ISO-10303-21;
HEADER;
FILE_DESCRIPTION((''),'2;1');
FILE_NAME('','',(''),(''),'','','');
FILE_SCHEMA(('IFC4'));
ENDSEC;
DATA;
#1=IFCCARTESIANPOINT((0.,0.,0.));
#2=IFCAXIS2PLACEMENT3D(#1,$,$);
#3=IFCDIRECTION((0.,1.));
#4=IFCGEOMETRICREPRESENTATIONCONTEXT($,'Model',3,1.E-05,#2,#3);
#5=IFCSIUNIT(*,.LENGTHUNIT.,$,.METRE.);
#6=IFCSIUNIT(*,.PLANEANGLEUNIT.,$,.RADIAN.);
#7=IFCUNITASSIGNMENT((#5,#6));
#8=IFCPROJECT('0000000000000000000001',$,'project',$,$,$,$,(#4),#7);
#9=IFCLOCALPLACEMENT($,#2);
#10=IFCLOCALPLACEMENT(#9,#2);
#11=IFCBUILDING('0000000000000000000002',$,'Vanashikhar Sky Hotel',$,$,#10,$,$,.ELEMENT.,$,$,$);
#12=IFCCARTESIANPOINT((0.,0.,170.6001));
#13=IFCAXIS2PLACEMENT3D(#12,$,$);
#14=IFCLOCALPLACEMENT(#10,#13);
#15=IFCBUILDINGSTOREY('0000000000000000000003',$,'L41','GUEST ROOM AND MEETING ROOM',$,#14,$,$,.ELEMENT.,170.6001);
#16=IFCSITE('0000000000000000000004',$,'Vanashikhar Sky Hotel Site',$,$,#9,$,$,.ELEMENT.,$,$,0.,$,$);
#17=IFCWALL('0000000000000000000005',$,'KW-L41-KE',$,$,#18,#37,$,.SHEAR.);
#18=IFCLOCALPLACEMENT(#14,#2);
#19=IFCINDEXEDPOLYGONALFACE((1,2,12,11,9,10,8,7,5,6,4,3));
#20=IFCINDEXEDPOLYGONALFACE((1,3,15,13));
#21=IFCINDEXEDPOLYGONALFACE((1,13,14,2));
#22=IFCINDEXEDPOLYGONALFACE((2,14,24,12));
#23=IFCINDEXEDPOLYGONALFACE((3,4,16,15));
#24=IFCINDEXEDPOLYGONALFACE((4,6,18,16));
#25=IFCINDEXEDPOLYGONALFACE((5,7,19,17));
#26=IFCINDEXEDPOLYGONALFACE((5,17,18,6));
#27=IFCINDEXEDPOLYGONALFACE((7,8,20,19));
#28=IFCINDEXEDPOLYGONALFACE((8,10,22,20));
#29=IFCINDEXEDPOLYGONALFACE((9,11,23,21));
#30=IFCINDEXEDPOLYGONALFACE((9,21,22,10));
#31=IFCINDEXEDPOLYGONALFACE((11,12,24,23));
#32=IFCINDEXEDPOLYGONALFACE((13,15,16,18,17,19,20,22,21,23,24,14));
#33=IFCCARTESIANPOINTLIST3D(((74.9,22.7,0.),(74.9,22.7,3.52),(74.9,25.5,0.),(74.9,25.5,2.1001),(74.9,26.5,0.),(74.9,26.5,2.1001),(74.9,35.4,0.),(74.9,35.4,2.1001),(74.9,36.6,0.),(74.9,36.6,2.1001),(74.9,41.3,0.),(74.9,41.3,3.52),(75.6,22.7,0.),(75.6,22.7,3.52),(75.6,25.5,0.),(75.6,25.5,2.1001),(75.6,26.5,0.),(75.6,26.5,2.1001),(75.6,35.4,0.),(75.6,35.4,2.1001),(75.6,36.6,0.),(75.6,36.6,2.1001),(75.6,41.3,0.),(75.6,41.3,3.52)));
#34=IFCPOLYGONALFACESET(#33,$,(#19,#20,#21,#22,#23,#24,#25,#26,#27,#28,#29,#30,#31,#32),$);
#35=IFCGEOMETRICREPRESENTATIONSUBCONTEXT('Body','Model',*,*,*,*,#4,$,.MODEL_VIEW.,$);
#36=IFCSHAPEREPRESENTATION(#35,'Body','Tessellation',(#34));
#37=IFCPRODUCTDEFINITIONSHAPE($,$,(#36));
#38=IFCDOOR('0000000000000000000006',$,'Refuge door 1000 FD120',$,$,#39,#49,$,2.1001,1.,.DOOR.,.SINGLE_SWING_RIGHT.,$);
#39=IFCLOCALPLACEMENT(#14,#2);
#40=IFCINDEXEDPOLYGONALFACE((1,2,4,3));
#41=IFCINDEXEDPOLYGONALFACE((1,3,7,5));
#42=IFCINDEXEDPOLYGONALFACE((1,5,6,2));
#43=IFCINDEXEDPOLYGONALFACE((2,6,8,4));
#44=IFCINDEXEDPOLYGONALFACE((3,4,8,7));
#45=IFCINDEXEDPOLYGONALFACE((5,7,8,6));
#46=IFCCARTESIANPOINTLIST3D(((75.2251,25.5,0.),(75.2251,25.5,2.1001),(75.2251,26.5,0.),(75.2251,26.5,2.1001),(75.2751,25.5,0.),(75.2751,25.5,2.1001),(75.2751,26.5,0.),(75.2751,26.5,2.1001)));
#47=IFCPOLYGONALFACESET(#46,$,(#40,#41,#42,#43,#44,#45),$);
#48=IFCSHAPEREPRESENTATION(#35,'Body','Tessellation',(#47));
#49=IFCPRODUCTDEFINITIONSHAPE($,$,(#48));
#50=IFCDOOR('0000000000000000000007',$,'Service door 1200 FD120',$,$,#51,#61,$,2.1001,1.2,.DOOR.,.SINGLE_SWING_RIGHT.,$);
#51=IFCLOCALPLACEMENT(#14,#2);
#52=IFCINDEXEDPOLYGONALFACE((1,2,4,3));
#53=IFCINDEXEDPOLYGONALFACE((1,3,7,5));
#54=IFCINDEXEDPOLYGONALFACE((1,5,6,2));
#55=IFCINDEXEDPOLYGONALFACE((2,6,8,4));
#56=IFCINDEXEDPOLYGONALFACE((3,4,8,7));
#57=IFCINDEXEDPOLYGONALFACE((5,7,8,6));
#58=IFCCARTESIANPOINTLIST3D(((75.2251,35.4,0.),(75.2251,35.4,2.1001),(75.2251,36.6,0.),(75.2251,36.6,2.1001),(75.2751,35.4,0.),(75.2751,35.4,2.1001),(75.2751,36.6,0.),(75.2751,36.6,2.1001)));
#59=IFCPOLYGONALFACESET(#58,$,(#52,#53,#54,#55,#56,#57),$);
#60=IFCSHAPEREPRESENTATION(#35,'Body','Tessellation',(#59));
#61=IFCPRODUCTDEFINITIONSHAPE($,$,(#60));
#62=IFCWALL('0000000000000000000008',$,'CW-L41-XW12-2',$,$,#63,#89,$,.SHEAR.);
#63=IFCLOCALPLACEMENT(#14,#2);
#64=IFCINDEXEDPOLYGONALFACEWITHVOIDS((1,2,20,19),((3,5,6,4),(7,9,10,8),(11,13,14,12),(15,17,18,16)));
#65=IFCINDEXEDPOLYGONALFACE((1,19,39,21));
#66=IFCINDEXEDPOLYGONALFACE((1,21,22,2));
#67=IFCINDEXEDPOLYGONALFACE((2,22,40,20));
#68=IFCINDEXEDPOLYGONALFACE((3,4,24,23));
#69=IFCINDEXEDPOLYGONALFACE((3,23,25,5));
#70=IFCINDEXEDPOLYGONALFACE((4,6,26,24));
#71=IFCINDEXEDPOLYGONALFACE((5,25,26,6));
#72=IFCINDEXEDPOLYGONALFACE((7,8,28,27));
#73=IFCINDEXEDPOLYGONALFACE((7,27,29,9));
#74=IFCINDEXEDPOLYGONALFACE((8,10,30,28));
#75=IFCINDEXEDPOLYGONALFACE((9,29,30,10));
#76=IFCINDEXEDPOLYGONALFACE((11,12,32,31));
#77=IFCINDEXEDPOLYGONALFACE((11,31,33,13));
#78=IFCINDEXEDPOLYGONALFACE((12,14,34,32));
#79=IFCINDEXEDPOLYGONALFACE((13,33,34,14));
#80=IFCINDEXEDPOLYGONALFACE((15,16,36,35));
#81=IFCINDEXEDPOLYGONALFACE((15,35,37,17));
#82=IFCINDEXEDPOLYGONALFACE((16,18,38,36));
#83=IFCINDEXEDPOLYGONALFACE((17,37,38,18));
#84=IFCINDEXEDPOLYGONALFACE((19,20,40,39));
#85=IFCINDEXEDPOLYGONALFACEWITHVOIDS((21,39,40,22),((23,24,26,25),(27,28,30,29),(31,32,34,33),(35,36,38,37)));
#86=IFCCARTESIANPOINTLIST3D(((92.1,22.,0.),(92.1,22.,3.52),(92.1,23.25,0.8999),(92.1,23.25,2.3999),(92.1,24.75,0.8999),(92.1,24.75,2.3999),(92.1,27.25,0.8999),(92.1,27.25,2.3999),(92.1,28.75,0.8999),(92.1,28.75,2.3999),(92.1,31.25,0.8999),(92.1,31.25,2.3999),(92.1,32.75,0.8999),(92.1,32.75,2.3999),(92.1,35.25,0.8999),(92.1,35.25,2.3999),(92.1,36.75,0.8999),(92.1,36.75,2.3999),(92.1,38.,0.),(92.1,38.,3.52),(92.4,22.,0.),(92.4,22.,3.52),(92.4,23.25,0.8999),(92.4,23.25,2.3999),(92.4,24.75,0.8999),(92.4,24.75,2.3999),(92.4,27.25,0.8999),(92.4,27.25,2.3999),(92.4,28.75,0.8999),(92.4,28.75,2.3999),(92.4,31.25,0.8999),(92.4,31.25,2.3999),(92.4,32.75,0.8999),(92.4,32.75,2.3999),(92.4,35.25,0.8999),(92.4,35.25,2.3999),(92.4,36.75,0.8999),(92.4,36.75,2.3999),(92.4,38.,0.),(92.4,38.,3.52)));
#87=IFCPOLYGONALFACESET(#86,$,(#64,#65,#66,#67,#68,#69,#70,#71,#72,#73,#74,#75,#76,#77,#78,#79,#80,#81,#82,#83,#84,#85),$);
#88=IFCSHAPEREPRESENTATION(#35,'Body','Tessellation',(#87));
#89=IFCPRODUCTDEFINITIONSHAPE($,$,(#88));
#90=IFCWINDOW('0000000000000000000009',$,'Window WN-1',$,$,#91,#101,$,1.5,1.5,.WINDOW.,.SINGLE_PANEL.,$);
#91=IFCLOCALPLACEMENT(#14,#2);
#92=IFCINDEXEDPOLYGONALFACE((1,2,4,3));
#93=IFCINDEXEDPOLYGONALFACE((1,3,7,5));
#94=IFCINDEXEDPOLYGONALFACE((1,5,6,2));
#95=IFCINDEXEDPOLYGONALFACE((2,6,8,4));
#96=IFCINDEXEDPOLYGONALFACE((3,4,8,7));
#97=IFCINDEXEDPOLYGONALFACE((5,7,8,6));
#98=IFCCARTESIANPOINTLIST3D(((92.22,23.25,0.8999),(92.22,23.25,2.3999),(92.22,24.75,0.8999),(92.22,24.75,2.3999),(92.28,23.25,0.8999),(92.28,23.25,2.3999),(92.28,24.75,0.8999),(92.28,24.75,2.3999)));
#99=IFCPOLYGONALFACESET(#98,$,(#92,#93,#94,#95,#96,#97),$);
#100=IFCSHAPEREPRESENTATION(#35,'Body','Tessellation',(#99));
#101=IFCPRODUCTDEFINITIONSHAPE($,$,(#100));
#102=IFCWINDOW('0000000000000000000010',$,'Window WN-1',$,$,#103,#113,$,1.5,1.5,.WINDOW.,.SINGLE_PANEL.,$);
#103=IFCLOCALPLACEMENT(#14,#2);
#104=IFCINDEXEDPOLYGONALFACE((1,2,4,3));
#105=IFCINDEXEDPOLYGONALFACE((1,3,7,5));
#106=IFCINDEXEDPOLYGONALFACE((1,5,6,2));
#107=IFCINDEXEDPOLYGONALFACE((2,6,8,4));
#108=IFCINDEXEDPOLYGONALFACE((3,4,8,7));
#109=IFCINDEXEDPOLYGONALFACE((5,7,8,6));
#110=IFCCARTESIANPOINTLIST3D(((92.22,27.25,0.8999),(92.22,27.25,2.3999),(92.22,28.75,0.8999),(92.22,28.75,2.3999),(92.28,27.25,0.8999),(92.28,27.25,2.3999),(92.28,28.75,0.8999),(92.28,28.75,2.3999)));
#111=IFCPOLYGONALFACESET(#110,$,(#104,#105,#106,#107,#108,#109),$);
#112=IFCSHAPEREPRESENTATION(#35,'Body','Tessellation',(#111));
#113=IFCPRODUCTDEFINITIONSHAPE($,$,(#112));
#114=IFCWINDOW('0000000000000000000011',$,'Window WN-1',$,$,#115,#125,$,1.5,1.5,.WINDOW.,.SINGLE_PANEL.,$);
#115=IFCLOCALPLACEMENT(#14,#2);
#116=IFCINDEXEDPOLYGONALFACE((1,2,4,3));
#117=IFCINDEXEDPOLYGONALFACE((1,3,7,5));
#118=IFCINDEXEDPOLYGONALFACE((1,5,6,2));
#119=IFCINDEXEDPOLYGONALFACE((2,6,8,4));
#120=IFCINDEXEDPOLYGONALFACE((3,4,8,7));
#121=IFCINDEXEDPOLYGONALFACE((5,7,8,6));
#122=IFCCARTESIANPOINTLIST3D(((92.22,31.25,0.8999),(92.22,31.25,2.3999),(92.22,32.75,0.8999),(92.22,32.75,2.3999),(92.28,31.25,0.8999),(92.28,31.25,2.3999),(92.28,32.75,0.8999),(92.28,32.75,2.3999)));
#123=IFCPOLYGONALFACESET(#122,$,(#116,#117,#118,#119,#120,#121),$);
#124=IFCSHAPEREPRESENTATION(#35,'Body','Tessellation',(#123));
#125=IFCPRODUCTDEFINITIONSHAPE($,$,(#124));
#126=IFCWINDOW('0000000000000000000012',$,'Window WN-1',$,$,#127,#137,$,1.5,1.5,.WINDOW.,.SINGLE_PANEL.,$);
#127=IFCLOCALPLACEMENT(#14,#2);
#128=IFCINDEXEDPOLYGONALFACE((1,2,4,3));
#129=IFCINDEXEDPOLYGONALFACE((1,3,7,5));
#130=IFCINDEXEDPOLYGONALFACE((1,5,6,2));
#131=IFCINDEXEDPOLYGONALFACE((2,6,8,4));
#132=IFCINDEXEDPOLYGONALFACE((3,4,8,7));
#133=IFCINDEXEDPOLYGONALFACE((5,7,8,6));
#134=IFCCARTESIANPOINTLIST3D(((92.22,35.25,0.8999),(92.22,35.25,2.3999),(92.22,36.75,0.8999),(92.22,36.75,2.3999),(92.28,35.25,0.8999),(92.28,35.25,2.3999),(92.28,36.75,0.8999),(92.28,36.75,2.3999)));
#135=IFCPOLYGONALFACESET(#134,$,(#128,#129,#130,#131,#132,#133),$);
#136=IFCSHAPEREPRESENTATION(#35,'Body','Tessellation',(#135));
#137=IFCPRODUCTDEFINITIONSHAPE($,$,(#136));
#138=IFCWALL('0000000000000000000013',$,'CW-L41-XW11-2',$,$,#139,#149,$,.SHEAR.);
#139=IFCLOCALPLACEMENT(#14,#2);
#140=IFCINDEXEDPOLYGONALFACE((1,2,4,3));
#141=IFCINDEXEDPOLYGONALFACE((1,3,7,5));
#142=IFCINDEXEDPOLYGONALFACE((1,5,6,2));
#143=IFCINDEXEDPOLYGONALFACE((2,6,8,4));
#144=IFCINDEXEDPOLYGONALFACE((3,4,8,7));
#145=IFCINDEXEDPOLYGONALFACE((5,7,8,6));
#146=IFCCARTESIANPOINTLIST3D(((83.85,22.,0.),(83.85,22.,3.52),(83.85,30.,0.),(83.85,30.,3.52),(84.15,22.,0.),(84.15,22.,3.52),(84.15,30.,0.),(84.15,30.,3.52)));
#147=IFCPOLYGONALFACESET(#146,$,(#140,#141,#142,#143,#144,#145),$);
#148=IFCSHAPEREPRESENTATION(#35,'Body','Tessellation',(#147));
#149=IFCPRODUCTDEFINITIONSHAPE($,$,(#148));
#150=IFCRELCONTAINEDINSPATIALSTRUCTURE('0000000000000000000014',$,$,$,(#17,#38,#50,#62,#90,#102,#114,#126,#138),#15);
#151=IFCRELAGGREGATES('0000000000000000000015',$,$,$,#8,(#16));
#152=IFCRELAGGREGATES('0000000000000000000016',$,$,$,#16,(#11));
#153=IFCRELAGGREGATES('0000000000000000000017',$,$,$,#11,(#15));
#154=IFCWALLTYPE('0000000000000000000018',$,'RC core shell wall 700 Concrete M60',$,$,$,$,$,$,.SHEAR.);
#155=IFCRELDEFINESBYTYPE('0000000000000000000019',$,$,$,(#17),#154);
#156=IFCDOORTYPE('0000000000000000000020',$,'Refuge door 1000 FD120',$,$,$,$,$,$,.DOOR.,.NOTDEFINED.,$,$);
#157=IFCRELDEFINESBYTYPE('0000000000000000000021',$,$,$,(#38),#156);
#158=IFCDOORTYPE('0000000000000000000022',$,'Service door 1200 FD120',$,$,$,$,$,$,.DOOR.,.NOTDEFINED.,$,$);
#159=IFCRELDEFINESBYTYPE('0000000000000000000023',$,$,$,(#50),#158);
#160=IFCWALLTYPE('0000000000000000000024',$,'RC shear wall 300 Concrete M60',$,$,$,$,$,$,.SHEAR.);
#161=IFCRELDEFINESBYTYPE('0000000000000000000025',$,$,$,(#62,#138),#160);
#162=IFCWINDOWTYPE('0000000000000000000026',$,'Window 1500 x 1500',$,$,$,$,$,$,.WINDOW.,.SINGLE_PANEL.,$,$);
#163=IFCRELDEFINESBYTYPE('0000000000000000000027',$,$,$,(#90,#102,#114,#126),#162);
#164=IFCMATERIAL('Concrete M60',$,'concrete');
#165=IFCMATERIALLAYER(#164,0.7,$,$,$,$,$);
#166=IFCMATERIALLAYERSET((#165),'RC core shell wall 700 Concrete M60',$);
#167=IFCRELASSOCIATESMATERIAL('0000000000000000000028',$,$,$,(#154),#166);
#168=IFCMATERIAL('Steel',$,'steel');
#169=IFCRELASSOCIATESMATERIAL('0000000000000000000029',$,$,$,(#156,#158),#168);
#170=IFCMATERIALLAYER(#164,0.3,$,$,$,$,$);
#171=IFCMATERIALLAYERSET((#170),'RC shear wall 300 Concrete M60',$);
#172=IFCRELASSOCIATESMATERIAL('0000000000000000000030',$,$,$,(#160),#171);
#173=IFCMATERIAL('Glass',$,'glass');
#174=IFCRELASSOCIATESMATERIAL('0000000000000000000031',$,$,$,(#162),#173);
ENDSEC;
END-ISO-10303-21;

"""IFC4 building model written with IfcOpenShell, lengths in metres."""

from ifc_helpers import new_model, si_unit, direction, frame, frame_2d, origin, place, context, subcontext, project, spatial, rectangle, extrude, source, transform, mapped, material, layer, layer_set, type_object, element, fill, save


model = new_model("IFC4")

# Units and contexts
model_context = context("Model", 3, precision=1e-05, world=origin(), true_north=direction((0.0, 1.0)))
body_context = subcontext(model_context, "Body", "Model", "MODEL_VIEW")
ifc_project = project(units=[si_unit("LENGTHUNIT", "METRE"), si_unit("PLANEANGLEUNIT", "RADIAN")], contexts=[model_context])

# Site, building, storey
site_placement = place(None, origin())
site = spatial("IfcSite", under=ifc_project, at=site_placement, Name="Vanashikhar Sky Hotel Site", CompositionType="ELEMENT", RefElevation=0.0)
building_placement = place(site_placement, origin())
building = spatial("IfcBuilding", under=site, at=building_placement, Name="Vanashikhar Sky Hotel", CompositionType="ELEMENT")
storey_placement = place(building_placement, frame((0.0, 0.0, 170.6001)))
storey = spatial("IfcBuildingStorey", under=building, at=storey_placement, Name="L41", Description="GUEST ROOM AND MEETING ROOM", CompositionType="ELEMENT", Elevation=170.6001)

# Wall, openings, doors
ifc_material_1 = material(Name="Concrete M60", Category="concrete")
ifc_layer_1 = layer(ifc_material_1, 0.7)
ifc_layer_set_1 = layer_set([ifc_layer_1], Name="RC core shell wall 700 Concrete M60")
wall_type_1 = type_object("IfcWallType", Name="RC core shell wall 700 Concrete M60", PredefinedType="SHEAR", material=ifc_layer_set_1)
shared_shape_1 = source(origin(), body_context, "Body", "SweptSolid", [
    extrude(rectangle(XDim=18.6001, YDim=0.7, at=frame_2d((9.3, 0.0))), origin(), (0.0, 0.0, 1.0), 3.52),
])
wall_1_placement = place(storey_placement, frame((75.25, 22.7, 0.0), z_axis=(0.0, 0.0, 1.0), x_axis=(0.0, 1.0, 0.0)))
wall_1 = element("IfcWall", 1, at=wall_1_placement, inside=storey, type_object=wall_type_1, Name="KW-L41-KE", PredefinedType="SHEAR", context=body_context, shape_type="MappedRepresentation", body=[
    mapped(shared_shape_1, transform((0.0, 0.0, 0.0), scale=1.0)),
])
shared_shape_2 = source(origin(), body_context, "Body", "SweptSolid", [
    extrude(rectangle(XDim=1.0, YDim=2.1001, at=frame_2d((0.5, 1.05))), frame((0.0, 0.3599, 0.0), z_axis=(0.0, -1.0, 0.0), x_axis=(1.0, 0.0, 0.0)), (0.0, 0.0, 1.0), 0.72),
])
opening_1_placement = place(wall_1_placement, frame((2.8, 0.0, 0.0)))
opening_1 = element("IfcOpeningElement", 2, at=opening_1_placement, cuts=wall_1, PredefinedType="OPENING", context=body_context, shape_type="MappedRepresentation", body=[
    mapped(shared_shape_2, transform((0.0, 0.0, 0.0), scale=1.0)),
])
shared_shape_3 = source(origin(), body_context, "Body", "SweptSolid", [
    extrude(rectangle(XDim=1.2, YDim=2.1001, at=frame_2d((0.6001, 1.05))), frame((0.0, 0.3599, 0.0), z_axis=(0.0, -1.0, 0.0), x_axis=(1.0, 0.0, 0.0)), (0.0, 0.0, 1.0), 0.72),
])
opening_2_placement = place(wall_1_placement, frame((12.7, 0.0, 0.0)))
opening_2 = element("IfcOpeningElement", 3, at=opening_2_placement, cuts=wall_1, PredefinedType="OPENING", context=body_context, shape_type="MappedRepresentation", body=[
    mapped(shared_shape_3, transform((0.0, 0.0, 0.0), scale=1.0)),
])
ifc_material_2 = material(Name="Steel", Category="steel")
door_type_1 = type_object("IfcDoorType", Name="Refuge door 1000 FD120", OperationType="NOTDEFINED", PredefinedType="DOOR", material=ifc_material_2)
shared_shape_4 = source(origin(), body_context, "Body", "SweptSolid", [
    extrude(rectangle(XDim=1.0, YDim=2.1001, at=frame_2d((0.5, 1.05))), frame((0.0, 0.0249, 0.0), z_axis=(0.0, -1.0, 0.0), x_axis=(1.0, 0.0, 0.0)), (0.0, 0.0, 1.0), 0.05),
])
door_1_placement = place(opening_1_placement, origin())
door_1 = element("IfcDoor", 4, at=door_1_placement, inside=storey, type_object=door_type_1, Name="Refuge door 1000 FD120", OperationType="SINGLE_SWING_RIGHT", OverallHeight=2.1001, OverallWidth=1.0, PredefinedType="DOOR", context=body_context, shape_type="MappedRepresentation", body=[
    mapped(shared_shape_4, transform((0.0, 0.0, 0.0), scale=1.0)),
])
fill(opening_1, door_1)
door_type_2 = type_object("IfcDoorType", Name="Service door 1200 FD120", OperationType="NOTDEFINED", PredefinedType="DOOR", material=ifc_material_2)
shared_shape_5 = source(origin(), body_context, "Body", "SweptSolid", [
    extrude(rectangle(XDim=1.2, YDim=2.1001, at=frame_2d((0.6001, 1.05))), frame((0.0, 0.0249, 0.0), z_axis=(0.0, -1.0, 0.0), x_axis=(1.0, 0.0, 0.0)), (0.0, 0.0, 1.0), 0.05),
])
door_2_placement = place(opening_2_placement, origin())
door_2 = element("IfcDoor", 5, at=door_2_placement, inside=storey, type_object=door_type_2, Name="Service door 1200 FD120", OperationType="SINGLE_SWING_RIGHT", OverallHeight=2.1001, OverallWidth=1.2, PredefinedType="DOOR", context=body_context, shape_type="MappedRepresentation", body=[
    mapped(shared_shape_5, transform((0.0, 0.0, 0.0), scale=1.0)),
])
fill(opening_2, door_2)

# Wall, openings, windows
ifc_layer_2 = layer(ifc_material_1, 0.3)
ifc_layer_set_2 = layer_set([ifc_layer_2], Name="RC shear wall 300 Concrete M60")
wall_type_2 = type_object("IfcWallType", Name="RC shear wall 300 Concrete M60", PredefinedType="SHEAR", material=ifc_layer_set_2)
shared_shape_6 = source(origin(), body_context, "Body", "SweptSolid", [
    extrude(rectangle(XDim=16.0, YDim=0.3, at=frame_2d((8.0, 0.0))), origin(), (0.0, 0.0, 1.0), 3.52),
])
wall_2_placement = place(storey_placement, frame((92.25, 22.0, 0.0), z_axis=(0.0, 0.0, 1.0), x_axis=(0.0, 1.0, 0.0)))
wall_2 = element("IfcWall", 6, at=wall_2_placement, inside=storey, type_object=wall_type_2, Name="CW-L41-XW12-2", PredefinedType="SHEAR", context=body_context, shape_type="MappedRepresentation", body=[
    mapped(shared_shape_6, transform((0.0, 0.0, 0.0), scale=1.0)),
])
shared_shape_7 = source(origin(), body_context, "Body", "SweptSolid", [
    extrude(rectangle(XDim=1.5, YDim=1.5, at=frame_2d((0.75, 0.75))), frame((0.0, 0.1602, 0.0), z_axis=(0.0, -1.0, 0.0), x_axis=(1.0, 0.0, 0.0)), (0.0, 0.0, 1.0), 0.3201),
])
opening_3_placement = place(wall_2_placement, frame((1.25, 0.0, 0.8999)))
opening_3 = element("IfcOpeningElement", 7, at=opening_3_placement, cuts=wall_2, PredefinedType="OPENING", context=body_context, shape_type="MappedRepresentation", body=[
    mapped(shared_shape_7, transform((0.0, 0.0, 0.0), scale=1.0)),
])
opening_4_placement = place(wall_2_placement, frame((5.25, 0.0, 0.8999)))
opening_4 = element("IfcOpeningElement", 8, at=opening_4_placement, cuts=wall_2, PredefinedType="OPENING", context=body_context, shape_type="MappedRepresentation", body=[
    mapped(shared_shape_7, transform((0.0, 0.0, 0.0), scale=1.0)),
])
opening_5_placement = place(wall_2_placement, frame((9.25, 0.0, 0.8999)))
opening_5 = element("IfcOpeningElement", 9, at=opening_5_placement, cuts=wall_2, PredefinedType="OPENING", context=body_context, shape_type="MappedRepresentation", body=[
    mapped(shared_shape_7, transform((0.0, 0.0, 0.0), scale=1.0)),
])
opening_6_placement = place(wall_2_placement, frame((13.25, 0.0, 0.8999)))
opening_6 = element("IfcOpeningElement", 10, at=opening_6_placement, cuts=wall_2, PredefinedType="OPENING", context=body_context, shape_type="MappedRepresentation", body=[
    mapped(shared_shape_7, transform((0.0, 0.0, 0.0), scale=1.0)),
])
ifc_material_3 = material(Name="Glass", Category="glass")
window_type = type_object("IfcWindowType", Name="Window 1500 x 1500", PartitioningType="SINGLE_PANEL", PredefinedType="WINDOW", material=ifc_material_3)
shared_shape_8 = source(origin(), body_context, "Body", "SweptSolid", [
    extrude(rectangle(XDim=1.5, YDim=1.5, at=frame_2d((0.75, 0.75))), frame((0.0, 0.03, 0.0), z_axis=(0.0, -1.0, 0.0), x_axis=(1.0, 0.0, 0.0)), (0.0, 0.0, 1.0), 0.0601),
])
window_1_placement = place(opening_3_placement, origin())
window_1 = element("IfcWindow", 11, at=window_1_placement, inside=storey, type_object=window_type, Name="Window WN-1", OverallHeight=1.5, OverallWidth=1.5, PartitioningType="SINGLE_PANEL", PredefinedType="WINDOW", context=body_context, shape_type="MappedRepresentation", body=[
    mapped(shared_shape_8, transform((0.0, 0.0, 0.0), scale=1.0)),
])
fill(opening_3, window_1)
window_2_placement = place(opening_4_placement, origin())
window_2 = element("IfcWindow", 12, at=window_2_placement, inside=storey, type_object=window_type, Name="Window WN-1", OverallHeight=1.5, OverallWidth=1.5, PartitioningType="SINGLE_PANEL", PredefinedType="WINDOW", context=body_context, shape_type="MappedRepresentation", body=[
    mapped(shared_shape_8, transform((0.0, 0.0, 0.0), scale=1.0)),
])
fill(opening_4, window_2)
window_3_placement = place(opening_5_placement, origin())
window_3 = element("IfcWindow", 13, at=window_3_placement, inside=storey, type_object=window_type, Name="Window WN-1", OverallHeight=1.5, OverallWidth=1.5, PartitioningType="SINGLE_PANEL", PredefinedType="WINDOW", context=body_context, shape_type="MappedRepresentation", body=[
    mapped(shared_shape_8, transform((0.0, 0.0, 0.0), scale=1.0)),
])
fill(opening_5, window_3)
window_4_placement = place(opening_6_placement, origin())
window_4 = element("IfcWindow", 14, at=window_4_placement, inside=storey, type_object=window_type, Name="Window WN-1", OverallHeight=1.5, OverallWidth=1.5, PartitioningType="SINGLE_PANEL", PredefinedType="WINDOW", context=body_context, shape_type="MappedRepresentation", body=[
    mapped(shared_shape_8, transform((0.0, 0.0, 0.0), scale=1.0)),
])
fill(opening_6, window_4)

# Wall
shared_shape_9 = source(origin(), body_context, "Body", "SweptSolid", [
    extrude(rectangle(XDim=8.0, YDim=0.3, at=frame_2d((4.0, 0.0))), origin(), (0.0, 0.0, 1.0), 3.52),
])
wall_3_placement = place(storey_placement, frame((84.0, 22.0, 0.0), z_axis=(0.0, 0.0, 1.0), x_axis=(0.0, 1.0, 0.0)))
element("IfcWall", 15, at=wall_3_placement, inside=storey, type_object=wall_type_2, Name="CW-L41-XW11-2", PredefinedType="SHEAR", context=body_context, shape_type="MappedRepresentation", body=[
    mapped(shared_shape_9, transform((0.0, 0.0, 0.0), scale=1.0)),
])

save(model, "model.ifc")
